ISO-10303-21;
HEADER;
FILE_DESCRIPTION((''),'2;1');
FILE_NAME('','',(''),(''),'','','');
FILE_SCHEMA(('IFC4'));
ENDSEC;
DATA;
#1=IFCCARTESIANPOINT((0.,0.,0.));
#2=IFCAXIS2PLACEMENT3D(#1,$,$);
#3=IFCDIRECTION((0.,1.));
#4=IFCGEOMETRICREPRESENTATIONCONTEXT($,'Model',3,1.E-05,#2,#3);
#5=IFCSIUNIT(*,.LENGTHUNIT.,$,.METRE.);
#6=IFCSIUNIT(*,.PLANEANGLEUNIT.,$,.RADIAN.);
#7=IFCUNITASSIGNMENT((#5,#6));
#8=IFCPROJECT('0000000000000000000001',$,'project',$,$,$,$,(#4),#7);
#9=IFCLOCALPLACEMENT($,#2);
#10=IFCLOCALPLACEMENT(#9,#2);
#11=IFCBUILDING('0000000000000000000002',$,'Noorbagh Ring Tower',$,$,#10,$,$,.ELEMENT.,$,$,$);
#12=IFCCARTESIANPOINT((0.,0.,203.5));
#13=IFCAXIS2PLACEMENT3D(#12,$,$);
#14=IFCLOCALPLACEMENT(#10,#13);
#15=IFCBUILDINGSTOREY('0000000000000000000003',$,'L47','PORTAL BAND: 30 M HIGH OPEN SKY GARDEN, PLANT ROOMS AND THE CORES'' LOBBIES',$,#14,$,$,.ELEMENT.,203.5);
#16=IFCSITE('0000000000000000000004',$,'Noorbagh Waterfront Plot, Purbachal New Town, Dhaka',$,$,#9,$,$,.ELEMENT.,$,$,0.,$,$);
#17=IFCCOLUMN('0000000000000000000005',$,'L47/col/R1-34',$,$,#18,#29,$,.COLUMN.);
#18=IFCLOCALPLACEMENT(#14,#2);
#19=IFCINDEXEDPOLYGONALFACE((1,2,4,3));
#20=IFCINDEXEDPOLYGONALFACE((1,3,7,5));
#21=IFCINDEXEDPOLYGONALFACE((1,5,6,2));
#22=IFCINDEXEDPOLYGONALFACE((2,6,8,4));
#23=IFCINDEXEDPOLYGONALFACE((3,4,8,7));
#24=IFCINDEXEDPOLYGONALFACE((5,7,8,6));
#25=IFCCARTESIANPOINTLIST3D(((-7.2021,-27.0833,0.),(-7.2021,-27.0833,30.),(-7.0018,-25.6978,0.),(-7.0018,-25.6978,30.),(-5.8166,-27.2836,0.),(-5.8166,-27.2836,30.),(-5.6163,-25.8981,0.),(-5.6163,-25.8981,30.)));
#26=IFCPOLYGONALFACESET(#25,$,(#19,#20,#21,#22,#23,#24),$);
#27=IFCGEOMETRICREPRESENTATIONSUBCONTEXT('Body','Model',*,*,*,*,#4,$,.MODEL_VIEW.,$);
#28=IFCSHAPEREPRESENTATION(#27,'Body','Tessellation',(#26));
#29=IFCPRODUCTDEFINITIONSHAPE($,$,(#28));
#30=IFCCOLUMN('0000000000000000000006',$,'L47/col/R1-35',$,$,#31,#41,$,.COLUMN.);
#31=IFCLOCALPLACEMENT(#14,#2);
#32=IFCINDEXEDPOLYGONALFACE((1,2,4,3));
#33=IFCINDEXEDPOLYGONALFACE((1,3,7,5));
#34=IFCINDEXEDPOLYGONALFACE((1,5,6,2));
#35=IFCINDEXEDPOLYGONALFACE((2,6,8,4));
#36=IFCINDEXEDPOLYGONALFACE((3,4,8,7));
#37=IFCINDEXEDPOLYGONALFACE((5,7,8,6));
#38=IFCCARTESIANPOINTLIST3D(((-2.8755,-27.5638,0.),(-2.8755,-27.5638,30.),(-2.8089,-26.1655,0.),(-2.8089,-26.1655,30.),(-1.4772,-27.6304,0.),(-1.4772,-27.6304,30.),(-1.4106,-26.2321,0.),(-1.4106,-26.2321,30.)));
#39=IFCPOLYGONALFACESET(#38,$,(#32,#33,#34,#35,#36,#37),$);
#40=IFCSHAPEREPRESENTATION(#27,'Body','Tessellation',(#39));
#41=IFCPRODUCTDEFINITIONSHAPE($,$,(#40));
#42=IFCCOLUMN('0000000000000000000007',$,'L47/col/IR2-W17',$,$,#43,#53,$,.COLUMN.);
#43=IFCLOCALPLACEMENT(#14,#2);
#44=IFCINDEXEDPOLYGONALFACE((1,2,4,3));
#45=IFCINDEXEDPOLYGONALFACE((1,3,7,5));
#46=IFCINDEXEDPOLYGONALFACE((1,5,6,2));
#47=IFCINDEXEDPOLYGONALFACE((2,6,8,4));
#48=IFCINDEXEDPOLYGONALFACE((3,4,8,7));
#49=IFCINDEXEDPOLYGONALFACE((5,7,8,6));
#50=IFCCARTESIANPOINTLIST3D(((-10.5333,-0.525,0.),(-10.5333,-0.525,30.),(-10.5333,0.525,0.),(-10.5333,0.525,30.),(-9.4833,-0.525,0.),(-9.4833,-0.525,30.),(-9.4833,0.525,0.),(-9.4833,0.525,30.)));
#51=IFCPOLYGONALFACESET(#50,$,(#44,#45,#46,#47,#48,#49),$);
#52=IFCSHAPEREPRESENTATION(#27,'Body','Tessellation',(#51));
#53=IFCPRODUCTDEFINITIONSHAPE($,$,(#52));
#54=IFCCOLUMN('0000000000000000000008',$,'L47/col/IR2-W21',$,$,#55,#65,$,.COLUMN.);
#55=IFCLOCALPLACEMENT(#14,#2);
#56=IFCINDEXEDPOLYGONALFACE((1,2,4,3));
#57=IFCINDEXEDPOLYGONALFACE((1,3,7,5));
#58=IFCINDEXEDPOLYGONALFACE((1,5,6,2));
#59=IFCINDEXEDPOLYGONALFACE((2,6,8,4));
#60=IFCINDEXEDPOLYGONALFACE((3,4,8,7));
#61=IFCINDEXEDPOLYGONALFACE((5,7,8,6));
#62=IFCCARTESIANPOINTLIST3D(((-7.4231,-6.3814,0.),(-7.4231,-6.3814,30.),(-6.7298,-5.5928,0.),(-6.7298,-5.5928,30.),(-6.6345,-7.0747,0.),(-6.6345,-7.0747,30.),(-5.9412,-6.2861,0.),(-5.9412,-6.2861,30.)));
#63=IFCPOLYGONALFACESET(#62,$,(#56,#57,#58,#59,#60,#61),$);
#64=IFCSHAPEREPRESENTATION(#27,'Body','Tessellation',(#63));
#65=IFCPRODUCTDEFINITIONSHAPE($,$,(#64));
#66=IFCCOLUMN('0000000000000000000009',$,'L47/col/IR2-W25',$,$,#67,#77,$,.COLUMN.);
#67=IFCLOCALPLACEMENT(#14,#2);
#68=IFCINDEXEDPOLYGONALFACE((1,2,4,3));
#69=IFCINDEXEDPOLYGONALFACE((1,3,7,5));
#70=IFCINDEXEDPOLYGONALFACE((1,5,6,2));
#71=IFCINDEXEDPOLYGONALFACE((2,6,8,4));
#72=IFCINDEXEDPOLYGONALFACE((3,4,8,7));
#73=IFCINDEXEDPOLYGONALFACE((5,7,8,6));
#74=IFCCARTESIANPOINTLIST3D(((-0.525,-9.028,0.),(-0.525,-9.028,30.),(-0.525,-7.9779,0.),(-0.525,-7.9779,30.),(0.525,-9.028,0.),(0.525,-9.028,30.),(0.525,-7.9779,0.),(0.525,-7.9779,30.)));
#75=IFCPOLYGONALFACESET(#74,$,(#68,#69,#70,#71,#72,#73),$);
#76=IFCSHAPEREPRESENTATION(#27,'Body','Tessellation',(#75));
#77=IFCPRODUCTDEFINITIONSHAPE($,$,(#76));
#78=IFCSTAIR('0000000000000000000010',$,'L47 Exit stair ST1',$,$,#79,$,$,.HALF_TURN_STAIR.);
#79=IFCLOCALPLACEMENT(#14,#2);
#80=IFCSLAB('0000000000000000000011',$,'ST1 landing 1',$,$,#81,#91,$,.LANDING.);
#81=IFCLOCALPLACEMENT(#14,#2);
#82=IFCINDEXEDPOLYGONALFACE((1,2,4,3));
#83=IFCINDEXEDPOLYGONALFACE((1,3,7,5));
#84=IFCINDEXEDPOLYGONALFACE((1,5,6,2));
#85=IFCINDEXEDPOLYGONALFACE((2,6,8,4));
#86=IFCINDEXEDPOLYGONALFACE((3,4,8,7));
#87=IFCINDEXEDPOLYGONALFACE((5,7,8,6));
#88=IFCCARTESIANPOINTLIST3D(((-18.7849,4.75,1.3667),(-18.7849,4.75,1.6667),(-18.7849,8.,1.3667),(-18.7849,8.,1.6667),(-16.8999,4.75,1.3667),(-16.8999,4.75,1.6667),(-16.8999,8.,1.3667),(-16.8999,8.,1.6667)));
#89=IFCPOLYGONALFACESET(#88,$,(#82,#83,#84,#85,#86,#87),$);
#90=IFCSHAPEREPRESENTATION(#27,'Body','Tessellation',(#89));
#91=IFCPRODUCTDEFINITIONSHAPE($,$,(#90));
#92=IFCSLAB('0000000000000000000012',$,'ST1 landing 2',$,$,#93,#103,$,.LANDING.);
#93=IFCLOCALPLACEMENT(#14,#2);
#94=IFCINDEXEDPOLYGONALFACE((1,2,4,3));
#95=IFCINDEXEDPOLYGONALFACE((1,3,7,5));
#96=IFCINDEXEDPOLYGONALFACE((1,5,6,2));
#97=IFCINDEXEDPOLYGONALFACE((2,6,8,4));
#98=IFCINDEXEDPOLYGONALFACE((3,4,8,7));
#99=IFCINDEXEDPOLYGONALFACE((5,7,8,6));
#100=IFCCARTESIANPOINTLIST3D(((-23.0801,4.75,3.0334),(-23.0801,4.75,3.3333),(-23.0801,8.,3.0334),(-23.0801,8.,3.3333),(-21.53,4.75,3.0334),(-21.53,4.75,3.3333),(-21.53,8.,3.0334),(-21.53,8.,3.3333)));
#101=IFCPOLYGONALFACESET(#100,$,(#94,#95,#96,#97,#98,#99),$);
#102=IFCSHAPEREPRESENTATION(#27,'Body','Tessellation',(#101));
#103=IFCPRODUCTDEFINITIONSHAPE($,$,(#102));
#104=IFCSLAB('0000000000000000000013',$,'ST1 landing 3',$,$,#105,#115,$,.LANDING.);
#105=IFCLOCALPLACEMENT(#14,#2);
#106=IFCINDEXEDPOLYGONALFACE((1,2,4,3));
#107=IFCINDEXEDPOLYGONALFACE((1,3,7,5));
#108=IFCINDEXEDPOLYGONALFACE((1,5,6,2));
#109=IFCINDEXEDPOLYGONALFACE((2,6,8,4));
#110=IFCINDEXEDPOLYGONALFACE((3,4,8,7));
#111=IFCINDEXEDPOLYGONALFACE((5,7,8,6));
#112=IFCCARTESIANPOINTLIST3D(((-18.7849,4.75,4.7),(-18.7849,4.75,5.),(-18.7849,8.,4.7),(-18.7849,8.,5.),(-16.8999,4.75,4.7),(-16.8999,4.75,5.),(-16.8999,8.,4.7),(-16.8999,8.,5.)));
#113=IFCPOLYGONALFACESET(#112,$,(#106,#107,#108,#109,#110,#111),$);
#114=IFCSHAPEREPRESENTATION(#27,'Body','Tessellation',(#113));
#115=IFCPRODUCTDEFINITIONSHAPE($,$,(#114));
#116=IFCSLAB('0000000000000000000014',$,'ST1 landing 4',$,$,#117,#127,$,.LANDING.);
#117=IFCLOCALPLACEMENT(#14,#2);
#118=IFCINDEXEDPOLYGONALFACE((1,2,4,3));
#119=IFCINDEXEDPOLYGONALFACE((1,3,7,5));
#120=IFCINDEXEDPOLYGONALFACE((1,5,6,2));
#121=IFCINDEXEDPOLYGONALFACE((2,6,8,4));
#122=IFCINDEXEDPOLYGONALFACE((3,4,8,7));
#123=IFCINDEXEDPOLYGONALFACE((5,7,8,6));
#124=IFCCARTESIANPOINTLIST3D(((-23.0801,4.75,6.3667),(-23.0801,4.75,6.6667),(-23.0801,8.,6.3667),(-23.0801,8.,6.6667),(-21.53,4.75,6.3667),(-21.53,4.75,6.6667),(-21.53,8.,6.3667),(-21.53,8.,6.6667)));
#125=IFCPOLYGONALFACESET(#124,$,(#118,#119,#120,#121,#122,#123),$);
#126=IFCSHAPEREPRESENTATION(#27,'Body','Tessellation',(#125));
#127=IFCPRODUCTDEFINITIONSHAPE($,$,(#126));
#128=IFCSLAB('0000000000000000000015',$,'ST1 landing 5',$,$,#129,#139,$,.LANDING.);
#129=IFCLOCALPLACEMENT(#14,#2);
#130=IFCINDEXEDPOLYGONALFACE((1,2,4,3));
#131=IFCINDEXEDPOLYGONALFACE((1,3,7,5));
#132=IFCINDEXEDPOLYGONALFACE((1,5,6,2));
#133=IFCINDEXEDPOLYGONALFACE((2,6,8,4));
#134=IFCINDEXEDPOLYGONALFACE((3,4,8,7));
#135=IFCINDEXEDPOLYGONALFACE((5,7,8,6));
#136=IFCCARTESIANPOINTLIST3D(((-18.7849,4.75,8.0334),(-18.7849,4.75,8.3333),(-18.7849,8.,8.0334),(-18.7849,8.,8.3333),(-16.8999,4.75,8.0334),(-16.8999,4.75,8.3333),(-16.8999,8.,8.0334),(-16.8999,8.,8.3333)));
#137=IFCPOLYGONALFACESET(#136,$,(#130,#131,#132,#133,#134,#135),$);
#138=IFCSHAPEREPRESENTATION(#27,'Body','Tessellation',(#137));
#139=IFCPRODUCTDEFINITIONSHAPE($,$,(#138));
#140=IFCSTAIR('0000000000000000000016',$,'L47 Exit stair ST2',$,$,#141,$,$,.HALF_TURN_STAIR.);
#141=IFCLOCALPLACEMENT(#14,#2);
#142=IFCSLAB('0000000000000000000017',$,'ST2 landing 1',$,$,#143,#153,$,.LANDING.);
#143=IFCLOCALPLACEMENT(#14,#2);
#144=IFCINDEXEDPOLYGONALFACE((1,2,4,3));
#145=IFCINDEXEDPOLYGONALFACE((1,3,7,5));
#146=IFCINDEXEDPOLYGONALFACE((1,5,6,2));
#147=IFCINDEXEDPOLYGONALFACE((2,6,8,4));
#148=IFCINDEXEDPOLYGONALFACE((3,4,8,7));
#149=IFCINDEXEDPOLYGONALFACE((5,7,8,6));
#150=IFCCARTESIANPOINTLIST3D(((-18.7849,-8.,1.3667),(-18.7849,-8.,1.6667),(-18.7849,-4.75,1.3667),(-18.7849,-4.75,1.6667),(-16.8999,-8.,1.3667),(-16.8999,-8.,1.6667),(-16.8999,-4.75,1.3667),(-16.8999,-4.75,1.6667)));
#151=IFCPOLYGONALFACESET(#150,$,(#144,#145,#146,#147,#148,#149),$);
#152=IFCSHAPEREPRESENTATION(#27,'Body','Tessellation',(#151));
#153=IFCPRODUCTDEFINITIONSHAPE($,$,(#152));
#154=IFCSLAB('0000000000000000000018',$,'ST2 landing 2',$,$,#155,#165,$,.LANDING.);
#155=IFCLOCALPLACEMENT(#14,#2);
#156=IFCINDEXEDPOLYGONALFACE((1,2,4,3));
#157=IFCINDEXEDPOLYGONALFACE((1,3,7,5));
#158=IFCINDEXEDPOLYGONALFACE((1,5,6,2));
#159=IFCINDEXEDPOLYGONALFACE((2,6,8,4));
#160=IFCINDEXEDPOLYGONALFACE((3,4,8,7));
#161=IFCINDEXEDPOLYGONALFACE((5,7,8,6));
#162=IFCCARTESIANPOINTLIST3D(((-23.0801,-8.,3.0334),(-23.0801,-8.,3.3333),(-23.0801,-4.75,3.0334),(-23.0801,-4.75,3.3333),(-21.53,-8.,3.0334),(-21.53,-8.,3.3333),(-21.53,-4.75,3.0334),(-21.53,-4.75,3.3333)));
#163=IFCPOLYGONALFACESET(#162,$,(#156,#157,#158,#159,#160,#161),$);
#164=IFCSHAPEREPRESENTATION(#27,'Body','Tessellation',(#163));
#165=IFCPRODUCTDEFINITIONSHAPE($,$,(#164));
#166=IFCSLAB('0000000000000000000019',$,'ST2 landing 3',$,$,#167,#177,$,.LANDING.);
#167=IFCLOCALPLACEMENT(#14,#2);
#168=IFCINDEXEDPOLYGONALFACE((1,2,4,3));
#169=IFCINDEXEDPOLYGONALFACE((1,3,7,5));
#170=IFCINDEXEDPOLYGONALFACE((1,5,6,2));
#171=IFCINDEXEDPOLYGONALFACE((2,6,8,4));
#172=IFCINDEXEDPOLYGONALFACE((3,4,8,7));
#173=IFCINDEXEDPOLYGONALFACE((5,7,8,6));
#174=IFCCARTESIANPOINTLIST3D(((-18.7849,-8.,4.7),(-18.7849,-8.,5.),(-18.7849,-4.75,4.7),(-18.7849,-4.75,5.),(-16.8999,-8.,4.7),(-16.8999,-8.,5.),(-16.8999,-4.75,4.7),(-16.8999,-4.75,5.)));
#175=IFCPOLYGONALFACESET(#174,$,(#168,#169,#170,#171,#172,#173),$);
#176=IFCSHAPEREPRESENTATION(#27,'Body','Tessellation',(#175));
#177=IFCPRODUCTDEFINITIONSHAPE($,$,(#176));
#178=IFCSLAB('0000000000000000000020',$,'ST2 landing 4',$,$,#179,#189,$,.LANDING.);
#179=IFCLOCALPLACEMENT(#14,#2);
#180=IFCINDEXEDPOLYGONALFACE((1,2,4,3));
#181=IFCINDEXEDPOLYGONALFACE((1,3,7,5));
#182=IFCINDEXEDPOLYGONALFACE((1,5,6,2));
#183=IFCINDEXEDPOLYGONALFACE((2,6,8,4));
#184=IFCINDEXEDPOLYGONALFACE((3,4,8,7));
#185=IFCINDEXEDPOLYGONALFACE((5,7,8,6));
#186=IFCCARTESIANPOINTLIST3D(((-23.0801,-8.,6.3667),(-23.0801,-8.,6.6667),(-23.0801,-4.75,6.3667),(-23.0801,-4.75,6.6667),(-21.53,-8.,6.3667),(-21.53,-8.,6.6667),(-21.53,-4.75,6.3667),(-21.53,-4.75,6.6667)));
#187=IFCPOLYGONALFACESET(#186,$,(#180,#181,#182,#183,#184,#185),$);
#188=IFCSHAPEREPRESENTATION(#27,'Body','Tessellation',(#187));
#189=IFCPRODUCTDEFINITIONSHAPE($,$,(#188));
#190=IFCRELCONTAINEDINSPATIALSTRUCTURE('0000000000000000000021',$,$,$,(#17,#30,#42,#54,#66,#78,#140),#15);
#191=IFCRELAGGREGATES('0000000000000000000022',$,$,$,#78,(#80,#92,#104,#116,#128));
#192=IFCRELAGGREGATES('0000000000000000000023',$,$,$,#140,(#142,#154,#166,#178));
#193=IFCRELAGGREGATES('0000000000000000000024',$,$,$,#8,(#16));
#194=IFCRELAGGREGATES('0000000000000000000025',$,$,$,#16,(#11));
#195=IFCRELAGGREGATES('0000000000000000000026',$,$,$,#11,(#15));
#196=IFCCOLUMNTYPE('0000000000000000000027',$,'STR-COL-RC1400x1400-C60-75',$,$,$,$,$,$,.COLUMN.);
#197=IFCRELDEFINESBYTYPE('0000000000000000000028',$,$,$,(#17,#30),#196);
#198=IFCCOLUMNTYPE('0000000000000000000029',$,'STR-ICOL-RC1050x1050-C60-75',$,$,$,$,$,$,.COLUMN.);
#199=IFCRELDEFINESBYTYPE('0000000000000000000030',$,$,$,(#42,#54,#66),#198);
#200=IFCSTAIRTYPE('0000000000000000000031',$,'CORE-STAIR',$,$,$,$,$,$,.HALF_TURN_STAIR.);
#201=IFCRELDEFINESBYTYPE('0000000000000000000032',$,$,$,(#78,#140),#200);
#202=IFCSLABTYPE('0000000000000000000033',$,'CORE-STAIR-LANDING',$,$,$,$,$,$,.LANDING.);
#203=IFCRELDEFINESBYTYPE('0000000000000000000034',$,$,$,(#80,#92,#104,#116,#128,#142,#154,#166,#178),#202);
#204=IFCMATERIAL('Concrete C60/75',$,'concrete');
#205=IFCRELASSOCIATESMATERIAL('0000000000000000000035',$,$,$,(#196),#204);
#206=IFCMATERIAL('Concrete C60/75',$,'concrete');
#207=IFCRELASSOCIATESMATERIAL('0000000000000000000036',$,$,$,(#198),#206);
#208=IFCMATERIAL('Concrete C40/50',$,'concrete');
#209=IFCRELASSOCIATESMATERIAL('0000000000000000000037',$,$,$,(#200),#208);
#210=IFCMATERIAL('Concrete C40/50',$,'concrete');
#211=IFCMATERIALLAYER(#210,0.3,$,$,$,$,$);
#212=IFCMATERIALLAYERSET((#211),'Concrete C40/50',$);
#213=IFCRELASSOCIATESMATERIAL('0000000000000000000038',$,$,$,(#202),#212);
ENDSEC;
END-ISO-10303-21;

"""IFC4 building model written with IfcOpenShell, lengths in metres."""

from ifc_helpers import new_model, si_unit, direction, frame, origin, origin_2d, place, context, subcontext, project, spatial, polyline, rectangle, outline, extrude, material, layer, layer_set, material_profile, profile_set, type_object, element, aggregate, save


model = new_model("IFC4")

# Units and contexts
model_context = context("Model", 3, precision=1e-05, world=origin(), true_north=direction((0.0, 1.0)))
body_context = subcontext(model_context, "Body", "Model", "MODEL_VIEW")
ifc_project = project(units=[si_unit("LENGTHUNIT", "METRE"), si_unit("PLANEANGLEUNIT", "RADIAN")], contexts=[model_context])

# Site, building, storey
site_placement = place(None, origin())
site = spatial("IfcSite", under=ifc_project, at=site_placement, Name="Noorbagh Waterfront Plot, Purbachal New Town, Dhaka", CompositionType="ELEMENT", RefElevation=0.0)
building_placement = place(site_placement, origin())
building = spatial("IfcBuilding", under=site, at=building_placement, Name="Noorbagh Ring Tower", CompositionType="ELEMENT")
storey_placement = place(building_placement, frame((0.0, 0.0, 203.5)))
storey = spatial("IfcBuildingStorey", under=building, at=storey_placement, Name="L47", Description="PORTAL BAND: 30 M HIGH OPEN SKY GARDEN, PLANT ROOMS AND THE CORES' LOBBIES", CompositionType="ELEMENT", Elevation=203.5)

# Columns
ifc_material_1 = material(Name="Concrete C60/75", Category="concrete")
ifc_material_profile_1 = material_profile(ifc_material_1, rectangle(XDim=1.3999, YDim=1.3999, at=origin_2d()), Name="RC1400x1400")
ifc_profile_set_1 = profile_set([ifc_material_profile_1], Name="Concrete C60/75")
column_type_1 = type_object("IfcColumnType", Name="STR-COL-RC1400x1400-C60-75", PredefinedType="COLUMN", material=ifc_profile_set_1)
for number, where, z_axis, x_axis, name in (
    (1, (-6.4092, -26.4907, 0.0), (0.0, 0.0, 1.0), (0.989713, -0.143066, 0.0), "L47/col/R1-34"),
    (2, (-2.1431, -26.8979, 0.0), (0.0, 0.0, 1.0), (0.998869, -0.047553, 0.0), "L47/col/R1-35"),
):
    element("IfcColumn", number, at=place(storey_placement, frame(where, z_axis=z_axis, x_axis=x_axis)), inside=storey, type_object=column_type_1, Name=name, PredefinedType="COLUMN", context=body_context, shape_type="SweptSolid", body=[
        extrude(rectangle(XDim=1.3999, YDim=1.3999, at=origin_2d()), origin(), (0.0, 0.0, 1.0), 30.0),
    ])
ifc_material_2 = material(Name="Concrete C60/75", Category="concrete")
ifc_material_profile_2 = material_profile(ifc_material_2, rectangle(XDim=1.05, YDim=1.05, at=origin_2d()), Name="RC1050x1050")
ifc_profile_set_2 = profile_set([ifc_material_profile_2], Name="Concrete C60/75")
column_type_2 = type_object("IfcColumnType", Name="STR-ICOL-RC1050x1050-C60-75", PredefinedType="COLUMN", material=ifc_profile_set_2)
for number, where, z_axis, x_axis, name in (
    (3, (-10.0083, 0.0, 0.0), (0.0, 0.0, 1.0), (0.0, -1.0, 0.0), "L47/col/IR2-W17"),
    (4, (-6.6821, -6.3337, 0.0), (0.0, 0.0, 1.0), (0.751022, -0.660277, 0.0), "L47/col/IR2-W21"),
    (5, (0.0, -8.5029, 0.0), (0.0, 0.0, 1.0), (1.0, 0.0, 0.0), "L47/col/IR2-W25"),
):
    element("IfcColumn", number, at=place(storey_placement, frame(where, z_axis=z_axis, x_axis=x_axis)), inside=storey, type_object=column_type_2, Name=name, PredefinedType="COLUMN", context=body_context, shape_type="SweptSolid", body=[
        extrude(rectangle(XDim=1.05, YDim=1.05, at=origin_2d()), origin(), (0.0, 0.0, 1.0), 30.0),
    ])

# Stairs, slabs
ifc_material_3 = material(Name="Concrete C40/50", Category="concrete")
stair_type = type_object("IfcStairType", Name="CORE-STAIR", PredefinedType="HALF_TURN_STAIR", material=ifc_material_3)
stair_1_placement = place(storey_placement, origin())
stair_1 = element("IfcStair", 6, at=stair_1_placement, inside=storey, type_object=stair_type, Name="L47 Exit stair ST1", PredefinedType="HALF_TURN_STAIR")
ifc_material_4 = material(Name="Concrete C40/50", Category="concrete")
ifc_layer_1 = layer(ifc_material_4, 0.3)
ifc_layer_set_1 = layer_set([ifc_layer_1], Name="Concrete C40/50")
slab_type_1 = type_object("IfcSlabType", Name="CORE-STAIR-LANDING", PredefinedType="LANDING", material=ifc_layer_set_1)
slab_1_placement = place(storey_placement, frame((0.0, 0.0, 1.3667)))
slab_1 = element("IfcSlab", 7, at=slab_1_placement, type_object=slab_type_1, Name="ST1 landing 1", PredefinedType="LANDING", context=body_context, shape_type="SweptSolid", body=[
    extrude(outline(polyline([(-18.7849, 4.75), (-16.8999, 4.75), (-16.8999, 8.0), (-18.7849, 8.0), (-18.7849, 4.75)])), origin(), (0.0, 0.0, 1.0), 0.3),
])
slab_2_placement = place(storey_placement, frame((0.0, 0.0, 3.0334)))
slab_2 = element("IfcSlab", 8, at=slab_2_placement, type_object=slab_type_1, Name="ST1 landing 2", PredefinedType="LANDING", context=body_context, shape_type="SweptSolid", body=[
    extrude(outline(polyline([(-23.0801, 4.75), (-21.53, 4.75), (-21.53, 8.0), (-23.0801, 8.0), (-23.0801, 4.75)])), origin(), (0.0, 0.0, 1.0), 0.2998),
])
slab_3_placement = place(storey_placement, frame((0.0, 0.0, 4.7)))
slab_3 = element("IfcSlab", 9, at=slab_3_placement, type_object=slab_type_1, Name="ST1 landing 3", PredefinedType="LANDING", context=body_context, shape_type="SweptSolid", body=[
    extrude(outline(polyline([(-18.7849, 4.75), (-16.8999, 4.75), (-16.8999, 8.0), (-18.7849, 8.0), (-18.7849, 4.75)])), origin(), (0.0, 0.0, 1.0), 0.3),
])
slab_4_placement = place(storey_placement, frame((0.0, 0.0, 6.3667)))
slab_4 = element("IfcSlab", 10, at=slab_4_placement, type_object=slab_type_1, Name="ST1 landing 4", PredefinedType="LANDING", context=body_context, shape_type="SweptSolid", body=[
    extrude(outline(polyline([(-23.0801, 4.75), (-21.53, 4.75), (-21.53, 8.0), (-23.0801, 8.0), (-23.0801, 4.75)])), origin(), (0.0, 0.0, 1.0), 0.3),
])
slab_5_placement = place(storey_placement, frame((0.0, 0.0, 8.0334)))
slab_5 = element("IfcSlab", 11, at=slab_5_placement, type_object=slab_type_1, Name="ST1 landing 5", PredefinedType="LANDING", context=body_context, shape_type="SweptSolid", body=[
    extrude(outline(polyline([(-18.7849, 4.75), (-16.8999, 4.75), (-16.8999, 8.0), (-18.7849, 8.0), (-18.7849, 4.75)])), origin(), (0.0, 0.0, 1.0), 0.2998),
])
aggregate(stair_1, [slab_1, slab_2, slab_3, slab_4, slab_5])
stair_2_placement = place(storey_placement, origin())
stair_2 = element("IfcStair", 12, at=stair_2_placement, inside=storey, type_object=stair_type, Name="L47 Exit stair ST2", PredefinedType="HALF_TURN_STAIR")
slab_6_placement = place(storey_placement, frame((0.0, 0.0, 1.3667)))
slab_6 = element("IfcSlab", 13, at=slab_6_placement, type_object=slab_type_1, Name="ST2 landing 1", PredefinedType="LANDING", context=body_context, shape_type="SweptSolid", body=[
    extrude(outline(polyline([(-18.7849, -8.0), (-16.8999, -8.0), (-16.8999, -4.75), (-18.7849, -4.75), (-18.7849, -8.0)])), origin(), (0.0, 0.0, 1.0), 0.3),
])
slab_7_placement = place(storey_placement, frame((0.0, 0.0, 3.0334)))
slab_7 = element("IfcSlab", 14, at=slab_7_placement, type_object=slab_type_1, Name="ST2 landing 2", PredefinedType="LANDING", context=body_context, shape_type="SweptSolid", body=[
    extrude(outline(polyline([(-23.0801, -8.0), (-21.53, -8.0), (-21.53, -4.75), (-23.0801, -4.75), (-23.0801, -8.0)])), origin(), (0.0, 0.0, 1.0), 0.2998),
])
slab_8_placement = place(storey_placement, frame((0.0, 0.0, 4.7)))
slab_8 = element("IfcSlab", 15, at=slab_8_placement, type_object=slab_type_1, Name="ST2 landing 3", PredefinedType="LANDING", context=body_context, shape_type="SweptSolid", body=[
    extrude(outline(polyline([(-18.7849, -8.0), (-16.8999, -8.0), (-16.8999, -4.75), (-18.7849, -4.75), (-18.7849, -8.0)])), origin(), (0.0, 0.0, 1.0), 0.3),
])
slab_9_placement = place(storey_placement, frame((0.0, 0.0, 6.3667)))
slab_9 = element("IfcSlab", 16, at=slab_9_placement, type_object=slab_type_1, Name="ST2 landing 4", PredefinedType="LANDING", context=body_context, shape_type="SweptSolid", body=[
    extrude(outline(polyline([(-23.0801, -8.0), (-21.53, -8.0), (-21.53, -4.75), (-23.0801, -4.75), (-23.0801, -8.0)])), origin(), (0.0, 0.0, 1.0), 0.3),
])
aggregate(stair_2, [slab_6, slab_7, slab_8, slab_9])

save(model, "model.ifc")
